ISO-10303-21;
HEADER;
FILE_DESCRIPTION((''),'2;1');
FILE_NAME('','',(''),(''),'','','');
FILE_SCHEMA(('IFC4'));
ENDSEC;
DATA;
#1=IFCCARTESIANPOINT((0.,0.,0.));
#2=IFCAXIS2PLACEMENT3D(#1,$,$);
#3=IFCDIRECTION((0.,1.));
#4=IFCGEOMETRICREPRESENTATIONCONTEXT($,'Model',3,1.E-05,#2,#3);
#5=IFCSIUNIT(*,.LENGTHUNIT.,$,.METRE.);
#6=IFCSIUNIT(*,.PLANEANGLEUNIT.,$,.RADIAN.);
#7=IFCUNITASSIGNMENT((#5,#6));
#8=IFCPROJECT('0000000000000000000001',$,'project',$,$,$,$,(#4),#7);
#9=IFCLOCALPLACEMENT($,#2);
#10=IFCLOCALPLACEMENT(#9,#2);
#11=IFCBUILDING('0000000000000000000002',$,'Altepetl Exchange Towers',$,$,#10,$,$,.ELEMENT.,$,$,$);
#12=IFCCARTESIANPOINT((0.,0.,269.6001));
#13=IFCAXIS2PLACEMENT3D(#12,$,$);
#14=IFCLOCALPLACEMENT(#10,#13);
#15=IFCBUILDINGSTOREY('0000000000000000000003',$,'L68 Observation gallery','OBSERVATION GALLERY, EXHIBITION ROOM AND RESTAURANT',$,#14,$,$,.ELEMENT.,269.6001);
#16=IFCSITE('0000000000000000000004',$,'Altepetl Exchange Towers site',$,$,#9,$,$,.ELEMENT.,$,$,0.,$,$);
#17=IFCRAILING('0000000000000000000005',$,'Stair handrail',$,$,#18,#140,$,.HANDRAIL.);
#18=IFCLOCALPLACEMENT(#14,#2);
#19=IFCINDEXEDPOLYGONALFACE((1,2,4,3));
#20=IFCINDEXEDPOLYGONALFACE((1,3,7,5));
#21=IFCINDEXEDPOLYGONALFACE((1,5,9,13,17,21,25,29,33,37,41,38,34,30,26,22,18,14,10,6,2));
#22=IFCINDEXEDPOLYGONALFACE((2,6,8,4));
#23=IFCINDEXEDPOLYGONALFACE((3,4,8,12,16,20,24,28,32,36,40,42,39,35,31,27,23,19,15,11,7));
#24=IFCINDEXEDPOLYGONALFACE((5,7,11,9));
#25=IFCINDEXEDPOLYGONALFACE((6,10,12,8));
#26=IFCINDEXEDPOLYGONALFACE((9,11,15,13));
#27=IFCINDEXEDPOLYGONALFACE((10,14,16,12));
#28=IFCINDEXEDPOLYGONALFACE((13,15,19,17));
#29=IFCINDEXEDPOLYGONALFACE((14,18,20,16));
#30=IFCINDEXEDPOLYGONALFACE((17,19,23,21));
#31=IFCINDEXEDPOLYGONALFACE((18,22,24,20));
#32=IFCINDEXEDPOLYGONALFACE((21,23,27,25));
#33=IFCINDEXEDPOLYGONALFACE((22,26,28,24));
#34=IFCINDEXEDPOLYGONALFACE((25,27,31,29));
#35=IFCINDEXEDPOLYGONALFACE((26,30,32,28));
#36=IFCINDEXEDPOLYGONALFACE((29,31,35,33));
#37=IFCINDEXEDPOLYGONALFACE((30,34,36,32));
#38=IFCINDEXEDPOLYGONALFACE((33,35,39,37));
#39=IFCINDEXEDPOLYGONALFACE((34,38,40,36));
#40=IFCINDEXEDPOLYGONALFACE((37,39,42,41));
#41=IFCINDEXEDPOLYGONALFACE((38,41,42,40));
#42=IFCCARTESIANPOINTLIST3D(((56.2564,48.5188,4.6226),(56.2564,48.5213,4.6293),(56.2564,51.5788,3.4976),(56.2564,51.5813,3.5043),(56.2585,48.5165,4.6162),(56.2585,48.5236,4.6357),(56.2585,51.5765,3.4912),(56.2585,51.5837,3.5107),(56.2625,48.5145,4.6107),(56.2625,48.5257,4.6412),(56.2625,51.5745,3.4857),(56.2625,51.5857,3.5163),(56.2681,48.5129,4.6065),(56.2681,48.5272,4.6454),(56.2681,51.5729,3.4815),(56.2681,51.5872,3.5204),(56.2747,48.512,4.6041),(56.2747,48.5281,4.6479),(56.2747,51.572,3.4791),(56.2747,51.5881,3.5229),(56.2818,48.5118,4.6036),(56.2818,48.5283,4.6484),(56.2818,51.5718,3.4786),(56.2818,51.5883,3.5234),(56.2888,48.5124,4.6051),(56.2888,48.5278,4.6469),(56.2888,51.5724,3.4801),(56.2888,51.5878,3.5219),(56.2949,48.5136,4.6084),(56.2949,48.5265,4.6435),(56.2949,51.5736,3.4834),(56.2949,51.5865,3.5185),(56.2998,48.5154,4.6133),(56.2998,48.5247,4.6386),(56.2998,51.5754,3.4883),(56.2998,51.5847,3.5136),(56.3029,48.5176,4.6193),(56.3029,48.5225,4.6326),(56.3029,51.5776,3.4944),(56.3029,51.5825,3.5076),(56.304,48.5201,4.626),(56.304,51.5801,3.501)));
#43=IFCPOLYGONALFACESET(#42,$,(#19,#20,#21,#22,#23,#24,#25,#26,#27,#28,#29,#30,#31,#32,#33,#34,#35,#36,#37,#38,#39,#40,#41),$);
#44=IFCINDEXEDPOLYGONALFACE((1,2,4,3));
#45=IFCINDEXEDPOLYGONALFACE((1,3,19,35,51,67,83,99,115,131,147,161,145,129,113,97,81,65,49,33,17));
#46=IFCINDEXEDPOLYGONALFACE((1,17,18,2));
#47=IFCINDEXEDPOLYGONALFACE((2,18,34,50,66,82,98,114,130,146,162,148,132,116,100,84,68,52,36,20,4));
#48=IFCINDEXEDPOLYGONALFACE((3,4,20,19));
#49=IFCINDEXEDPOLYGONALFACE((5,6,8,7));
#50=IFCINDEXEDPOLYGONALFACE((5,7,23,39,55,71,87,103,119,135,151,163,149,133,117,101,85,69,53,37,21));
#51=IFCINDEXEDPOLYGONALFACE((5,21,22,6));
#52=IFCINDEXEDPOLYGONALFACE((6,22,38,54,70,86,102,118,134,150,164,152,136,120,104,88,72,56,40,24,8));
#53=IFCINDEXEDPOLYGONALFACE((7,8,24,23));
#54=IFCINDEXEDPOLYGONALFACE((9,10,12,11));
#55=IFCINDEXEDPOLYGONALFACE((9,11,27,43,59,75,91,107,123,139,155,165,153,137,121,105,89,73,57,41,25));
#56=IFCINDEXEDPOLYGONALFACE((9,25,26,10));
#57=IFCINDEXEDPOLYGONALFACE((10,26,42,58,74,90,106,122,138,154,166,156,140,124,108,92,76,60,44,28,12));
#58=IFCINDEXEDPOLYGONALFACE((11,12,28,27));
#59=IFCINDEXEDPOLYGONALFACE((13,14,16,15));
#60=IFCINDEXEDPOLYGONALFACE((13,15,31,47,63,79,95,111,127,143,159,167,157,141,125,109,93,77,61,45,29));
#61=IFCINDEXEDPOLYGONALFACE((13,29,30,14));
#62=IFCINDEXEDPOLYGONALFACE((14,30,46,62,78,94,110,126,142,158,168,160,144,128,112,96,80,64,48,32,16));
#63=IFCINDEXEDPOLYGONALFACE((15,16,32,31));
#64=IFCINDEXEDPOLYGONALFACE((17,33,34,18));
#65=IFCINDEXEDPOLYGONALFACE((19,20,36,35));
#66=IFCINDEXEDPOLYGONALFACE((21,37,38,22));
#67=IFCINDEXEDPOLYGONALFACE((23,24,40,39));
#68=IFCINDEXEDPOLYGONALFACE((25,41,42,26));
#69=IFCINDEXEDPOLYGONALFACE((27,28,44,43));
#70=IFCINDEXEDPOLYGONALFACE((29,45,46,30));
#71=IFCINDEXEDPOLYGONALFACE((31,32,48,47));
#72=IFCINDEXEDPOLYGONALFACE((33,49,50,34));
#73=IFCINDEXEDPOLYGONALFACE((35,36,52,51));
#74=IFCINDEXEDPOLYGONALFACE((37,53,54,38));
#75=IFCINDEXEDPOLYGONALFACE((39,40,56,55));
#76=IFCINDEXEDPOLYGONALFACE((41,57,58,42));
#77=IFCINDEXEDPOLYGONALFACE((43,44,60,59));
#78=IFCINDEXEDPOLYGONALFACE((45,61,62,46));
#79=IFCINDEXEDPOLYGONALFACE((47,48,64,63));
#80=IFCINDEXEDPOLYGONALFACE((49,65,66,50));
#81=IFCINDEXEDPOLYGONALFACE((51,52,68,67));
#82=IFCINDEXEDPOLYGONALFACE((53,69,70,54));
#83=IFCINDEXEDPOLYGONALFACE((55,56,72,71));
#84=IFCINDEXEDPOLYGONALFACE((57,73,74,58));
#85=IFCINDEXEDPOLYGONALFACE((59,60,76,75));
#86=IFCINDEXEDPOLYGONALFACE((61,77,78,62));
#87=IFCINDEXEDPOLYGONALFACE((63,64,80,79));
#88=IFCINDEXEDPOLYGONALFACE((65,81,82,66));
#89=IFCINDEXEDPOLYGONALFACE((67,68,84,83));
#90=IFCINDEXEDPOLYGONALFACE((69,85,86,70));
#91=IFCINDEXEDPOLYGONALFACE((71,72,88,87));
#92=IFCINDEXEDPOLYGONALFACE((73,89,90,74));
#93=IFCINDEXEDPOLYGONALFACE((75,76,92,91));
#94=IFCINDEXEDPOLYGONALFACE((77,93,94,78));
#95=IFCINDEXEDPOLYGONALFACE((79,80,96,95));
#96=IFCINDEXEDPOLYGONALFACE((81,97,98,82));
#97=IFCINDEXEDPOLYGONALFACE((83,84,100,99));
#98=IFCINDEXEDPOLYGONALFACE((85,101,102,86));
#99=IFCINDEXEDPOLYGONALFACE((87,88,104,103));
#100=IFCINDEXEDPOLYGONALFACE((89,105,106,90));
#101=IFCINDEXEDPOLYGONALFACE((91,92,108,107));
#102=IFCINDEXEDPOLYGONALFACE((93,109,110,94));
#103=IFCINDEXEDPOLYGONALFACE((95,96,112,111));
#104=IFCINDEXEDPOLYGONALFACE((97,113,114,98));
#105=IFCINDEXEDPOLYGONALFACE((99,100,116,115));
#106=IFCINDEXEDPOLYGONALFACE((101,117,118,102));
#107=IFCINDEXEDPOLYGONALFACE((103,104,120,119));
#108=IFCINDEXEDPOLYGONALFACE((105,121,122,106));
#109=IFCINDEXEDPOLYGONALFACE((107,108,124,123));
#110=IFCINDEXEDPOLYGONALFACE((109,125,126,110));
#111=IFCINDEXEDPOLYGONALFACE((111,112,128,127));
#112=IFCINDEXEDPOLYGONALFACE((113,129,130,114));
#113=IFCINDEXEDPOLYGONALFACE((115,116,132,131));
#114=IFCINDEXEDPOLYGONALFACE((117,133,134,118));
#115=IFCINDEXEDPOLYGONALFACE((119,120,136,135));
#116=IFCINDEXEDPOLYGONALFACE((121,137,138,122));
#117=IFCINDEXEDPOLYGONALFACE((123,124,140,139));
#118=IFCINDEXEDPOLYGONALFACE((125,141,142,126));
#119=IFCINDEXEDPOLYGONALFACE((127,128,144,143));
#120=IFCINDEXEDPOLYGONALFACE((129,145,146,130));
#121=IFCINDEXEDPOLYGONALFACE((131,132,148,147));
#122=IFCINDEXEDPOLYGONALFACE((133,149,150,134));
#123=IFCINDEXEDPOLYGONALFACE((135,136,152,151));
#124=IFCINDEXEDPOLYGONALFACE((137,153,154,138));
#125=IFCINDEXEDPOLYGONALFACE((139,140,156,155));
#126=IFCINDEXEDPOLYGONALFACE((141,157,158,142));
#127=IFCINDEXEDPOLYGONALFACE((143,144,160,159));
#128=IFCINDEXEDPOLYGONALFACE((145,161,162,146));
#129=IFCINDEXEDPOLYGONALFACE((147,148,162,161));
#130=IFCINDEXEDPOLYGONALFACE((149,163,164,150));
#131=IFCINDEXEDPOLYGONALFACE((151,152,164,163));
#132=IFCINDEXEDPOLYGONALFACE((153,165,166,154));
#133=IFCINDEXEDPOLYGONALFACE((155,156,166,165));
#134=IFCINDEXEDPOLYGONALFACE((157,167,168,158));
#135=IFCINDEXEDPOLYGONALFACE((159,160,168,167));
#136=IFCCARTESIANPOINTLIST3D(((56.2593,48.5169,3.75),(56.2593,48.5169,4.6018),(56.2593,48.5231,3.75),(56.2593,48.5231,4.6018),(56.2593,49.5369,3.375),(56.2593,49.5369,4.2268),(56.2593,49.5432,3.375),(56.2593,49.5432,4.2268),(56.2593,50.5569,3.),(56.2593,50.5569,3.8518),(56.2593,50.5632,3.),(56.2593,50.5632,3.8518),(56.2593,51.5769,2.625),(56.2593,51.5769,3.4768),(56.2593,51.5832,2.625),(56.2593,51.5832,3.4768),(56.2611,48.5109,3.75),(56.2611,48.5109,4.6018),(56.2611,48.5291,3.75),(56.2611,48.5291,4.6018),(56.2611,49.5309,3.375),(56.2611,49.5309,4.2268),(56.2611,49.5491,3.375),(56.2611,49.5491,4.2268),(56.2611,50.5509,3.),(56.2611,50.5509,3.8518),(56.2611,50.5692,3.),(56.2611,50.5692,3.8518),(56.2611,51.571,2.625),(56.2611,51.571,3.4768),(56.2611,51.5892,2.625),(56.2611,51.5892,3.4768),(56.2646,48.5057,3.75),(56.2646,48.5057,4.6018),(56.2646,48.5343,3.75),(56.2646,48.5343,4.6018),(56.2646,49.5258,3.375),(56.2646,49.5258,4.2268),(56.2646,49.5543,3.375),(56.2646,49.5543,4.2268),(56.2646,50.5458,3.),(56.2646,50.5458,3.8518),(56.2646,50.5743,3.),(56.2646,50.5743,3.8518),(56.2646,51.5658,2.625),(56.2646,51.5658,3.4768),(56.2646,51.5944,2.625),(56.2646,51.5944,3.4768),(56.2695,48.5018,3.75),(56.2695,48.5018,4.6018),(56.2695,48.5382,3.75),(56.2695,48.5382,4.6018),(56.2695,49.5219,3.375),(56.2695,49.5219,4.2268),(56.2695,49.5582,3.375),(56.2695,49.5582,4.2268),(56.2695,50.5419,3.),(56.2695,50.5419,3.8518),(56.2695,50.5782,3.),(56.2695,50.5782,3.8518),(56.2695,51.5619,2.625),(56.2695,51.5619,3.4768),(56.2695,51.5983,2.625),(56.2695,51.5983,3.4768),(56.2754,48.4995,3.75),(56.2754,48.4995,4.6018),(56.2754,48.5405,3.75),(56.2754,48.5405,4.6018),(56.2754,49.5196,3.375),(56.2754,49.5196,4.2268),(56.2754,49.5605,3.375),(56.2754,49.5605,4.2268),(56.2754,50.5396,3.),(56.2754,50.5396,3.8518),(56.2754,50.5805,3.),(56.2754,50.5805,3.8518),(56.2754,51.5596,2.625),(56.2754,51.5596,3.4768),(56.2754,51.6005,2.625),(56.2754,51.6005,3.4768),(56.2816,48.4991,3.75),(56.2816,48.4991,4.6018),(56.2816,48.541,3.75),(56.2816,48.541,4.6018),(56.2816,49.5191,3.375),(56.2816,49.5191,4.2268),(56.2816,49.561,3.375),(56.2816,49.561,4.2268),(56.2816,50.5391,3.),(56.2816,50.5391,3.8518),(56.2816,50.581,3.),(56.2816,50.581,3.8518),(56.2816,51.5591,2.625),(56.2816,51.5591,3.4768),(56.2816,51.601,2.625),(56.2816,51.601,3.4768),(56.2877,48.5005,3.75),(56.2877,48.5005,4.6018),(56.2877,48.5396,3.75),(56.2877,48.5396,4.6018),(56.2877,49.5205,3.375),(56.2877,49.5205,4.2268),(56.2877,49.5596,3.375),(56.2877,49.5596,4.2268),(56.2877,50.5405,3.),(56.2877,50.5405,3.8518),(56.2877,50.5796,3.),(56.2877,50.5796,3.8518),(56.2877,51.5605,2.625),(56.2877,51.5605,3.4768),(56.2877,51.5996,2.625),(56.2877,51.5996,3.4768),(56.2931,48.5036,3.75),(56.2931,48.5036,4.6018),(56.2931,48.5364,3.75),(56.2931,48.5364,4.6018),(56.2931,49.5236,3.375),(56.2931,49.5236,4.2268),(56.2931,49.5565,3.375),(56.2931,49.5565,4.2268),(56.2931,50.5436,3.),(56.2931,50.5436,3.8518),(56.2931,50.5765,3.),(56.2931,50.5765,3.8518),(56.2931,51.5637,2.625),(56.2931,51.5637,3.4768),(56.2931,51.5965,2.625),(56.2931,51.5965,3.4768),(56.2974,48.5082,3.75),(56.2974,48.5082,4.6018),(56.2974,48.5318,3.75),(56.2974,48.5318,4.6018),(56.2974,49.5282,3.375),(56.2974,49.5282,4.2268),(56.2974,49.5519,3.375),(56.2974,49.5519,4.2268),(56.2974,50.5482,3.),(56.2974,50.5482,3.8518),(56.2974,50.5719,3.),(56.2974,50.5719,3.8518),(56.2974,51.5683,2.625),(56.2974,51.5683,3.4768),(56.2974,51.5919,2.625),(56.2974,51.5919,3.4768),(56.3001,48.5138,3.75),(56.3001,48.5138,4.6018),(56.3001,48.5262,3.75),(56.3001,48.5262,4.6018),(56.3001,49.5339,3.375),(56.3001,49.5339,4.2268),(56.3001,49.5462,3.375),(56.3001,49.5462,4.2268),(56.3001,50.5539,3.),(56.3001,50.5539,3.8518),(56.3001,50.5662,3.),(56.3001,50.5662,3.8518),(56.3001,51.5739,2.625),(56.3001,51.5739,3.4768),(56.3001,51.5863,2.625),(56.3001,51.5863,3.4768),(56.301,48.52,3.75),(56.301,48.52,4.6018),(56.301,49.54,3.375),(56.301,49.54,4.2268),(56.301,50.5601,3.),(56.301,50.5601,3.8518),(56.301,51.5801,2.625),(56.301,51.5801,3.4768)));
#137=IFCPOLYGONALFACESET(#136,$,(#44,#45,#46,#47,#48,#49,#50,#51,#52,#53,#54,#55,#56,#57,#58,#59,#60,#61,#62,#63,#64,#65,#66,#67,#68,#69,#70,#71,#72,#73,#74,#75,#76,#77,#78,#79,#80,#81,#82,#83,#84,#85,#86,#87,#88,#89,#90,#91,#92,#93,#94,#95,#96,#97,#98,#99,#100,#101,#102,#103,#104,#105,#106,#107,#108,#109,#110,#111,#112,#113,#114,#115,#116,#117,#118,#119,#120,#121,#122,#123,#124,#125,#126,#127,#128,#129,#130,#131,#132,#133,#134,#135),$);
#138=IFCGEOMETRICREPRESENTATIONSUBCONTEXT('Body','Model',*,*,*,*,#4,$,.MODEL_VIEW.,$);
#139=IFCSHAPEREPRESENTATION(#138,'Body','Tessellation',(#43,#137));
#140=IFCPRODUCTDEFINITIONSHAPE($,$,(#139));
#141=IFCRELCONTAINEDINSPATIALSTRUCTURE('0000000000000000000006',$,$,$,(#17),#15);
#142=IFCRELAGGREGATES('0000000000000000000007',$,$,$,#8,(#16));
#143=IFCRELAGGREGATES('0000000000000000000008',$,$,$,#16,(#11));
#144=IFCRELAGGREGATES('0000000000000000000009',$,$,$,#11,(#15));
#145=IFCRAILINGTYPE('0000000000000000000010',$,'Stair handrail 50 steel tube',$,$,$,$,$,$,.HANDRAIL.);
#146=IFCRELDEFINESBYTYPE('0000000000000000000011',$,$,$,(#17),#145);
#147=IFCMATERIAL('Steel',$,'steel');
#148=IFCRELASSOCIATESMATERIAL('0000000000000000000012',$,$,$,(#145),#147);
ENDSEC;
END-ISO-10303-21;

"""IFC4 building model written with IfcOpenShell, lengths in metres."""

from ifc_helpers import new_model, si_unit, direction, frame, origin, origin_2d, place, context, subcontext, project, spatial, circle, extrude, source, transform, mapped, material, type_object, element, save


model = new_model("IFC4")

# Units and contexts
model_context = context("Model", 3, precision=1e-05, world=origin(), true_north=direction((0.0, 1.0)))
body_context = subcontext(model_context, "Body", "Model", "MODEL_VIEW")
ifc_project = project(units=[si_unit("LENGTHUNIT", "METRE"), si_unit("PLANEANGLEUNIT", "RADIAN")], contexts=[model_context])

# Site, building, storey
site_placement = place(None, origin())
site = spatial("IfcSite", under=ifc_project, at=site_placement, Name="Altepetl Exchange Towers site", CompositionType="ELEMENT", RefElevation=0.0)
building_placement = place(site_placement, origin())
building = spatial("IfcBuilding", under=site, at=building_placement, Name="Altepetl Exchange Towers", CompositionType="ELEMENT")
storey_placement = place(building_placement, frame((0.0, 0.0, 269.6001)))
storey = spatial("IfcBuildingStorey", under=building, at=storey_placement, Name="L68 Observation gallery", Description="OBSERVATION GALLERY, EXHIBITION ROOM AND RESTAURANT", CompositionType="ELEMENT", Elevation=269.6001)

# Railing
ifc_material_1 = material(Name="Steel", Category="steel")
railing_type = type_object("IfcRailingType", Name="Stair handrail 50 steel tube", PredefinedType="HANDRAIL", material=ifc_material_1)
shared_shape = source(origin(), body_context, "Body", "SweptSolid", [
    extrude(circle(Radius=0.021, at=origin_2d()), origin(), (0.0, 0.0, 1.0), 0.8518),
])
railing_1_placement = place(storey_placement, frame((56.28, 51.5801, 2.625)))
element("IfcRailing", 1, at=railing_1_placement, inside=storey, type_object=railing_type, Name="Stair handrail", PredefinedType="HANDRAIL", context=body_context, shape_type="SweptSolid", body=[
    extrude(circle(Radius=0.0239, at=origin_2d()), frame((0.0, 0.0, 0.876), z_axis=(0.0, -0.938581, 0.34506), x_axis=(1.0, 0.0, 0.0)), (0.0, 0.0, 1.0), 3.2603),
    mapped(shared_shape, transform((0.0, 0.0, 0.0))),
    mapped(shared_shape, transform((0.0, -1.02, 0.375))),
    mapped(shared_shape, transform((0.0, -2.04, 0.75))),
    mapped(shared_shape, transform((0.0, -3.0601, 1.125))),
])

save(model, "model.ifc")
